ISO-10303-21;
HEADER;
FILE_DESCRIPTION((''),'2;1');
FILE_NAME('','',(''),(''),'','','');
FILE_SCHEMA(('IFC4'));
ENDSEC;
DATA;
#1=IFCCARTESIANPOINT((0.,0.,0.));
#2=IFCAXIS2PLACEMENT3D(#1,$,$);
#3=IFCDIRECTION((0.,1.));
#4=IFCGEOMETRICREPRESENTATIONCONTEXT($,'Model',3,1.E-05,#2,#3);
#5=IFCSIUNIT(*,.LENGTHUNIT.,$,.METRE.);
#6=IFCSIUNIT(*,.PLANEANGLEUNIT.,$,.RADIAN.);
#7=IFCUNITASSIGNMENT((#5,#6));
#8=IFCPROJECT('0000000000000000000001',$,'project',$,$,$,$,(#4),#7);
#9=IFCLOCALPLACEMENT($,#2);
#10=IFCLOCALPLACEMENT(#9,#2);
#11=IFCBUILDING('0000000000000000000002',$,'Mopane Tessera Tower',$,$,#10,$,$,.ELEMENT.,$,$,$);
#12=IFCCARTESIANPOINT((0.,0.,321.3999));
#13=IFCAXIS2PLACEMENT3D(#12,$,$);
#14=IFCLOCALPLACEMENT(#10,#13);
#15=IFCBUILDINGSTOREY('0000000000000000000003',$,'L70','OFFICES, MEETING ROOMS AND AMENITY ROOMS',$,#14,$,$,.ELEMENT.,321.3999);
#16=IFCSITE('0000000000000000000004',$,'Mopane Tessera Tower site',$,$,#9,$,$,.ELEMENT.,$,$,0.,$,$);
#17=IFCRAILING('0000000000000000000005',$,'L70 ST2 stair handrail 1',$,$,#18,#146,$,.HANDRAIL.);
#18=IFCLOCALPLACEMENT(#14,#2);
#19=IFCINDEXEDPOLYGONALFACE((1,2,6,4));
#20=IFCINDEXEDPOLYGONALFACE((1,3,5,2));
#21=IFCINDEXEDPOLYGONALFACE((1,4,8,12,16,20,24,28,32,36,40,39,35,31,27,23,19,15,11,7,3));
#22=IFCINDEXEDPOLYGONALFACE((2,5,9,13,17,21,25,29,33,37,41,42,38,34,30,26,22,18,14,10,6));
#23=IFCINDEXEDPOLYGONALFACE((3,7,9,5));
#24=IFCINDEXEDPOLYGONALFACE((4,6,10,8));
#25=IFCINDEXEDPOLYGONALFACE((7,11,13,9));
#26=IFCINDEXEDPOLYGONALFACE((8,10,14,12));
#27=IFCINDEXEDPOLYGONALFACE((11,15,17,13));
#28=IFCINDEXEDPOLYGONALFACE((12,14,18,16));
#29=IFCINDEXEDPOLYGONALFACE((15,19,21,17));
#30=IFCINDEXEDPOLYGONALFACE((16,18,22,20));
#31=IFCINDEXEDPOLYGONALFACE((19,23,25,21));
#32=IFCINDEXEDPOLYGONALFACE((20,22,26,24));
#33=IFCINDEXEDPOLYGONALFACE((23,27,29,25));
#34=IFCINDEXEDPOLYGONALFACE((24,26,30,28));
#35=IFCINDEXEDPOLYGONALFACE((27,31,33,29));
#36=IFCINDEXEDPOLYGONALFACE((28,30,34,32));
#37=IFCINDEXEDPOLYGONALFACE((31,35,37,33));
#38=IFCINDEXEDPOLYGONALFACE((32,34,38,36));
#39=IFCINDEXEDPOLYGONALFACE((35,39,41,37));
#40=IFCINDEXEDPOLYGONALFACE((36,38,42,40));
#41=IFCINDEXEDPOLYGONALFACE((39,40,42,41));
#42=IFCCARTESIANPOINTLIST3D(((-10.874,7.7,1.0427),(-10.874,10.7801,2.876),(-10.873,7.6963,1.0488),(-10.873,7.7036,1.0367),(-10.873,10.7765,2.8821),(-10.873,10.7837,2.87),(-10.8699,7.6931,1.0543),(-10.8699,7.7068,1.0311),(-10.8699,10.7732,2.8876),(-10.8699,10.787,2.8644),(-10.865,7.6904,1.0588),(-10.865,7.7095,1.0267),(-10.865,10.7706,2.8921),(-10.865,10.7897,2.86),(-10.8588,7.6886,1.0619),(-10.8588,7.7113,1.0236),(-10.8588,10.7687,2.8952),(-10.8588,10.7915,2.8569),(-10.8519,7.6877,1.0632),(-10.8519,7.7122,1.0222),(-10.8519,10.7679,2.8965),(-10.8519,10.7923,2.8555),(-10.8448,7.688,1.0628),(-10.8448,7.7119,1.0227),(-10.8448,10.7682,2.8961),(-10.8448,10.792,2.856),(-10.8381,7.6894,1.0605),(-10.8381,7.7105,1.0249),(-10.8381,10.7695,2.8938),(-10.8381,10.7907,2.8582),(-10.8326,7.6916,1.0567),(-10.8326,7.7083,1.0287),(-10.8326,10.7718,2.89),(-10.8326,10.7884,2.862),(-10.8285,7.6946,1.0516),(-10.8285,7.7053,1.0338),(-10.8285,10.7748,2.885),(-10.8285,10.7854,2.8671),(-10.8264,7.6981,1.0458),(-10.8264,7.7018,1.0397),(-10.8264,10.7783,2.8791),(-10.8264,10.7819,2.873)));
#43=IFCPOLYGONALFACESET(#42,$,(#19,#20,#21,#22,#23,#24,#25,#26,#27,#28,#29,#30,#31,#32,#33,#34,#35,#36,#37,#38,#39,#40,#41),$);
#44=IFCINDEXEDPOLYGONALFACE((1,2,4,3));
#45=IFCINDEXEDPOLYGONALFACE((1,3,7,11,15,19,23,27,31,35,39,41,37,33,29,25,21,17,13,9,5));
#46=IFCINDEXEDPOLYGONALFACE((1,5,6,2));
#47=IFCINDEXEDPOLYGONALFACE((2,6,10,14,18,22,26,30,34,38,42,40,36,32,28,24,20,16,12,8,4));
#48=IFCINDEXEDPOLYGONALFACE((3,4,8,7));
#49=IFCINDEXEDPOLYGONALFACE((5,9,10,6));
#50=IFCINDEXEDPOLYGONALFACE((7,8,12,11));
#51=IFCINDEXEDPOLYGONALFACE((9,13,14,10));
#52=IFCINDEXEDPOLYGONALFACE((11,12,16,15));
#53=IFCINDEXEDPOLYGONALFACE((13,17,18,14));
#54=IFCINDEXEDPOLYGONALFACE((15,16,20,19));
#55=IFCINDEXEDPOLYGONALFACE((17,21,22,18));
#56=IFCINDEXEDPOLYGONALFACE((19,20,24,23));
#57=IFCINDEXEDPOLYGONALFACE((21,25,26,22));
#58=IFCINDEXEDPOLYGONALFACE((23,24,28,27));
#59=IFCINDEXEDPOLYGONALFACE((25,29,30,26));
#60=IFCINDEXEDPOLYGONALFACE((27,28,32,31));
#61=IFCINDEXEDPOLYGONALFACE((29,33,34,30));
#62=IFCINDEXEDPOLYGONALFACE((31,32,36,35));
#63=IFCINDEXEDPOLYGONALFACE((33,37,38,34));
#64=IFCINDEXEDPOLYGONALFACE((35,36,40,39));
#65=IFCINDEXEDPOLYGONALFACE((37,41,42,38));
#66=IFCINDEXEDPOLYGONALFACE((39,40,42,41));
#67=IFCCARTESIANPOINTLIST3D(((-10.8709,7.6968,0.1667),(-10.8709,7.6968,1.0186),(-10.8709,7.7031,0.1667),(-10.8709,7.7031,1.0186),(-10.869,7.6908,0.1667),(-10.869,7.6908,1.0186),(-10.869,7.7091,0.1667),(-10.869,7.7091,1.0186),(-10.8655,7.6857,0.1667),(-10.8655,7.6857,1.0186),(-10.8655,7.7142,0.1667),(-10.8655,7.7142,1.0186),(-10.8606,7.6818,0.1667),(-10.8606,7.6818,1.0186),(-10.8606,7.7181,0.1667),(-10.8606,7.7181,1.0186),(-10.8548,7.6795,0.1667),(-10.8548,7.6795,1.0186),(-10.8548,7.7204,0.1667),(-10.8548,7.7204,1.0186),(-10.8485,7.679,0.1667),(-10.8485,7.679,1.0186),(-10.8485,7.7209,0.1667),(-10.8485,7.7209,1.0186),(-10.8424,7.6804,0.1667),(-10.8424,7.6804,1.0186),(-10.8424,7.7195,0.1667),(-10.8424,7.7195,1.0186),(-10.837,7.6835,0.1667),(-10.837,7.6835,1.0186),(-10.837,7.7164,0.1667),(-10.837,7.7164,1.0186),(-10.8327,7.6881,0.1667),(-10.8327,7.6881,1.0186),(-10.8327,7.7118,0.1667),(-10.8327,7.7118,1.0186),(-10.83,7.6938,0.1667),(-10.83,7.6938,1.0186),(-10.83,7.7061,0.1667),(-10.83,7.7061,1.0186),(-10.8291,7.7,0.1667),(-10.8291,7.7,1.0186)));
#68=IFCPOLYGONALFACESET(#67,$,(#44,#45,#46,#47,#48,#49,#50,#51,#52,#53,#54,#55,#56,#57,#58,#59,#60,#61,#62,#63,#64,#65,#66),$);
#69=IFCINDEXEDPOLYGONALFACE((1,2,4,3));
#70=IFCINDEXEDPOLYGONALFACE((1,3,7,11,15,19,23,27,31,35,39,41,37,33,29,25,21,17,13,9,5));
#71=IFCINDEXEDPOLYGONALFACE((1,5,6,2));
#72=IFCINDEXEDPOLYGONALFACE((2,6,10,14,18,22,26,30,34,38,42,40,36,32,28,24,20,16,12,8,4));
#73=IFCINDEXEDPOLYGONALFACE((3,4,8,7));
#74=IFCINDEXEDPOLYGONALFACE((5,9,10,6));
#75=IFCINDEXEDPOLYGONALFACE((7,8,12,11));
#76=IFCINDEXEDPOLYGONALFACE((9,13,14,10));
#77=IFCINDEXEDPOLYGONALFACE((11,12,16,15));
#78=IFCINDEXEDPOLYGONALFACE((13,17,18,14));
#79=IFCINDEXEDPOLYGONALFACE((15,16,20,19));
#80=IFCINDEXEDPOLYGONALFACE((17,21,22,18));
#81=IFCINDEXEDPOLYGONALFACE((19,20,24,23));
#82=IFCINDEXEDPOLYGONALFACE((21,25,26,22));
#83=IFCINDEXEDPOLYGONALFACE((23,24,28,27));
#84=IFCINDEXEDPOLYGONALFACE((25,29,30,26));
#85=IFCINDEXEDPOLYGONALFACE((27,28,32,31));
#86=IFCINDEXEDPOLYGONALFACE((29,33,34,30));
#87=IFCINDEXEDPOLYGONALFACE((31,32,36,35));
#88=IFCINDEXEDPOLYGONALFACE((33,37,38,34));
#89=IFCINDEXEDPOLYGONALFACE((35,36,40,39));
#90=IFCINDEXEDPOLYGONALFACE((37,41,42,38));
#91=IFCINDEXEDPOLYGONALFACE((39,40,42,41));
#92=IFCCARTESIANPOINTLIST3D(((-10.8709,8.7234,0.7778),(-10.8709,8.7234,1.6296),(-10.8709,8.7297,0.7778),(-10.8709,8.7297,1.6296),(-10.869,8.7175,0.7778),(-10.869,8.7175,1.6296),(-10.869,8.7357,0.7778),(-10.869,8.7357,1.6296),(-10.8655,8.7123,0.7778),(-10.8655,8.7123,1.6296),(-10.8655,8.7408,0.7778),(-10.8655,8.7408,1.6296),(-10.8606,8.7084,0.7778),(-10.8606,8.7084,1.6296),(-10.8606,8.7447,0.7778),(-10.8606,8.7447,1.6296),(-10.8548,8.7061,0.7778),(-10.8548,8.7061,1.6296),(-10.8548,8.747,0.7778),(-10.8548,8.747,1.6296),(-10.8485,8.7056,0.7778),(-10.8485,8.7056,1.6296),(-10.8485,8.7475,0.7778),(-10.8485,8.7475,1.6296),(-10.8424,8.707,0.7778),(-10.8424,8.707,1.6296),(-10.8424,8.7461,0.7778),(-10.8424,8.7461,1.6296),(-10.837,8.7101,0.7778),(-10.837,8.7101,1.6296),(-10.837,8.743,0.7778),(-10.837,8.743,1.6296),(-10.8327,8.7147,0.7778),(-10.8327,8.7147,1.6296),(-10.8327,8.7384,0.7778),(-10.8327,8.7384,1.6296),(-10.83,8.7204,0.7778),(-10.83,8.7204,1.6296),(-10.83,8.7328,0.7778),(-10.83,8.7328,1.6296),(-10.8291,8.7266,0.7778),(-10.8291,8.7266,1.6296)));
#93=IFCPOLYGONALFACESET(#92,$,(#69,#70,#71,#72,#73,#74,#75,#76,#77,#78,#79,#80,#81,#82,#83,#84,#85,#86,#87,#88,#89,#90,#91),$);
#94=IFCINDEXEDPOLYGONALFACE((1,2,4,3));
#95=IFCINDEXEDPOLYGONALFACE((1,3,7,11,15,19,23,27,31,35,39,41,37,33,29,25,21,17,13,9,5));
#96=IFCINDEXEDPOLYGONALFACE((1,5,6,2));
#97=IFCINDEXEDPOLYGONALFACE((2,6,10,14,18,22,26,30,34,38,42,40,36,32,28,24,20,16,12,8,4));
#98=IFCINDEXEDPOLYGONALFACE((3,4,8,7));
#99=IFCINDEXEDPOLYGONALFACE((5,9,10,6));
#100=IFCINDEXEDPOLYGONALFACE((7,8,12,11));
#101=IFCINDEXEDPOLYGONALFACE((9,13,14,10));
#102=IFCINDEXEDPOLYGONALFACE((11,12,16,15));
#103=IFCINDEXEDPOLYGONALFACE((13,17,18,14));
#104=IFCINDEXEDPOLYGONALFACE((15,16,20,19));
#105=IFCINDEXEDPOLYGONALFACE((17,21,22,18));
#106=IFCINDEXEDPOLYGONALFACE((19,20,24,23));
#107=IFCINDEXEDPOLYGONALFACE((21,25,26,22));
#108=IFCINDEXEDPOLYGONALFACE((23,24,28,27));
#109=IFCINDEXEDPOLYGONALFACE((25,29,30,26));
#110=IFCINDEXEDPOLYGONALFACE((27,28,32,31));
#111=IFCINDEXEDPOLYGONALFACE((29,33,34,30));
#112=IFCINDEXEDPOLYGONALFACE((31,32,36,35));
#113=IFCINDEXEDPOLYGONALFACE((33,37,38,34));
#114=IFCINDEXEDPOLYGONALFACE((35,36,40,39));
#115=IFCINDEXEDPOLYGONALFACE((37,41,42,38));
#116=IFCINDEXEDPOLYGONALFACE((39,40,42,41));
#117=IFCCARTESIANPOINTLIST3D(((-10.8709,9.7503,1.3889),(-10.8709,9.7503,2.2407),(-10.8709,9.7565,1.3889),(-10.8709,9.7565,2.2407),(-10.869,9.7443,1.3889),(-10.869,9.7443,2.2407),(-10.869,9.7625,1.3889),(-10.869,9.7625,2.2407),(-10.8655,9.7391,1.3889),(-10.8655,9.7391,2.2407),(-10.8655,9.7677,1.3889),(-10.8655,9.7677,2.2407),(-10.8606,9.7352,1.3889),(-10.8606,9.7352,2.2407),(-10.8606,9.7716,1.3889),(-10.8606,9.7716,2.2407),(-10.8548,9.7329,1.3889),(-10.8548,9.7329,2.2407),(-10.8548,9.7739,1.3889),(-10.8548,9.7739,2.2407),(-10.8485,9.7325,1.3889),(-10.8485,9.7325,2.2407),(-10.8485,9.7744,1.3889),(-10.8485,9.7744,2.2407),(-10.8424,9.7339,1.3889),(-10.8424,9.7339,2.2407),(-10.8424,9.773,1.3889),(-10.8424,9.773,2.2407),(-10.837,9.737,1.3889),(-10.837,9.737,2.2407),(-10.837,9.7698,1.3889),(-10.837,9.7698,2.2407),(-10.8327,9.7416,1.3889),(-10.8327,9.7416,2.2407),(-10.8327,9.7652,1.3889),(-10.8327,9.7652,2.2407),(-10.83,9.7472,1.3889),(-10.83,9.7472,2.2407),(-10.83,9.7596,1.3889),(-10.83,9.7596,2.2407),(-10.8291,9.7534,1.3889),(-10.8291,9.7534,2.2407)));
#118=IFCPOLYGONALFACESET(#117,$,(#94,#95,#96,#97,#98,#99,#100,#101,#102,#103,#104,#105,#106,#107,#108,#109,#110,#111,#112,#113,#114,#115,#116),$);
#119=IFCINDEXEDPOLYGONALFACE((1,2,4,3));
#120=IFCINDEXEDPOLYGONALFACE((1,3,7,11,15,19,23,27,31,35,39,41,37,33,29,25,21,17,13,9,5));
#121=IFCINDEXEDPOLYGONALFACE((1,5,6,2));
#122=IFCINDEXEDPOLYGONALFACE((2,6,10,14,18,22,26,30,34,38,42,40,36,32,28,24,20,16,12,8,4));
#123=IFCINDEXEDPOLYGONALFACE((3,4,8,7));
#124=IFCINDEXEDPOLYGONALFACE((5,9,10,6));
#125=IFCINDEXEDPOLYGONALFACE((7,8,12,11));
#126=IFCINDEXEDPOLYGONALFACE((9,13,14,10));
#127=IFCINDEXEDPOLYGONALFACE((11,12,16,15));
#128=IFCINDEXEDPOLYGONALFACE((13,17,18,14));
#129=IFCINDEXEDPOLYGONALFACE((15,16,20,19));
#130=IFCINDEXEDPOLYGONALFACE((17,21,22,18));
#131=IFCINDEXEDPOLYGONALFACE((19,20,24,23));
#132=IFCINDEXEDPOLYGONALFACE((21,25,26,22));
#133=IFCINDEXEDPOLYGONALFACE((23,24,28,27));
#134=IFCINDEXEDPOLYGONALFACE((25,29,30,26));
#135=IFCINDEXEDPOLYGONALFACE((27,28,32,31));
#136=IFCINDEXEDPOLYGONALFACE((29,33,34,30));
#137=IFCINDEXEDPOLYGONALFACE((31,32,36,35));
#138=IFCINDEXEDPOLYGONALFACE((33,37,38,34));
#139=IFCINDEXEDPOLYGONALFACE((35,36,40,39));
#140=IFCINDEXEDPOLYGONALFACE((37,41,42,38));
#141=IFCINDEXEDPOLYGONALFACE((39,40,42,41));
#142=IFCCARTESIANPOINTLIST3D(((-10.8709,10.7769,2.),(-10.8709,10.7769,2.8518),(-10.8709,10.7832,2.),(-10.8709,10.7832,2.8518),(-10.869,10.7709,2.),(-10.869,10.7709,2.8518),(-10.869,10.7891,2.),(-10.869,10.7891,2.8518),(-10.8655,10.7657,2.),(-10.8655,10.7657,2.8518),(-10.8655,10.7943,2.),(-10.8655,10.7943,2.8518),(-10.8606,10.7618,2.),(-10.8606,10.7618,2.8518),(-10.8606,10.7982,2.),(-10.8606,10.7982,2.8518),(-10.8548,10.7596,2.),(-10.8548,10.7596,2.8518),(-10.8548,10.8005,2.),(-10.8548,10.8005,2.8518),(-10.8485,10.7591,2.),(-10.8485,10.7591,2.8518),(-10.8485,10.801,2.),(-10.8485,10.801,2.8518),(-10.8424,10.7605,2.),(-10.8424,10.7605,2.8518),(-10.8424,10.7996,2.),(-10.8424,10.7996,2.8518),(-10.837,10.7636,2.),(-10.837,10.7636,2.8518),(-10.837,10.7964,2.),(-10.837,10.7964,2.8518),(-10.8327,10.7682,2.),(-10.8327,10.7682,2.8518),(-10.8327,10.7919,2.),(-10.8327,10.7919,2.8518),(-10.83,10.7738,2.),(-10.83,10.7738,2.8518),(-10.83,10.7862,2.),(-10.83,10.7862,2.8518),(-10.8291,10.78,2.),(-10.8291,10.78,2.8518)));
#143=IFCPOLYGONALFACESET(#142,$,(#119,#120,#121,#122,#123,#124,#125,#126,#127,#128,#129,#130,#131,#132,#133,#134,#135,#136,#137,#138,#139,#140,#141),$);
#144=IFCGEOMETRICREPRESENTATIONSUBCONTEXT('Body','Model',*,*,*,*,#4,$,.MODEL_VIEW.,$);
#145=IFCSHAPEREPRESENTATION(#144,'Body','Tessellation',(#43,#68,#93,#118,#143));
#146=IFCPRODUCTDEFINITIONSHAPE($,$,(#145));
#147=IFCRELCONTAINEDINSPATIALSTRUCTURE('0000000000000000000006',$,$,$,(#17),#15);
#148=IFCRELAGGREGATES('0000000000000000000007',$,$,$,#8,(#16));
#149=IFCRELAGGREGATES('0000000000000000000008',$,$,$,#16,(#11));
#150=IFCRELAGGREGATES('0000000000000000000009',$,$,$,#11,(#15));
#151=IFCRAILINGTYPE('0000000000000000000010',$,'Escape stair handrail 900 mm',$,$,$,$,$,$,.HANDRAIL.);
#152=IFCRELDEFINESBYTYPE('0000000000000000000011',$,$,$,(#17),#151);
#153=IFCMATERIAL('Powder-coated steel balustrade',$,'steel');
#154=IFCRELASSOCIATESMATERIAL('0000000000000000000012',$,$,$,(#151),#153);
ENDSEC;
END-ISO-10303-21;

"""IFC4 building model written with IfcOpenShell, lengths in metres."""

from ifc_helpers import new_model, si_unit, direction, frame, origin, origin_2d, place, context, subcontext, project, spatial, circle, extrude, material, type_object, element, save


model = new_model("IFC4")

# Units and contexts
model_context = context("Model", 3, precision=1e-05, world=origin(), true_north=direction((0.0, 1.0)))
body_context = subcontext(model_context, "Body", "Model", "MODEL_VIEW")
ifc_project = project(units=[si_unit("LENGTHUNIT", "METRE"), si_unit("PLANEANGLEUNIT", "RADIAN")], contexts=[model_context])

# Site, building, storey
site_placement = place(None, origin())
site = spatial("IfcSite", under=ifc_project, at=site_placement, Name="Mopane Tessera Tower site", CompositionType="ELEMENT", RefElevation=0.0)
building_placement = place(site_placement, origin())
building = spatial("IfcBuilding", under=site, at=building_placement, Name="Mopane Tessera Tower", CompositionType="ELEMENT")
storey_placement = place(building_placement, frame((0.0, 0.0, 321.3999)))
storey = spatial("IfcBuildingStorey", under=building, at=storey_placement, Name="L70", Description="OFFICES, MEETING ROOMS AND AMENITY ROOMS", CompositionType="ELEMENT", Elevation=321.3999)

# Railing
ifc_material_1 = material(Name="Powder-coated steel balustrade", Category="steel")
railing_type_1 = type_object("IfcRailingType", Name="Escape stair handrail 900 mm", PredefinedType="HANDRAIL", material=ifc_material_1)
railing_1_placement = place(storey_placement, frame((-10.8501, 7.7, 0.1667)))
element("IfcRailing", 1, at=railing_1_placement, inside=storey, type_object=railing_type_1, Name="L70 ST2 stair handrail 1", PredefinedType="HANDRAIL", context=body_context, shape_type="SweptSolid", body=[
    extrude(circle(Radius=0.0239, at=origin_2d()), frame((0.0, 0.0, 0.876), z_axis=(0.0, 0.859309, 0.511458), x_axis=(-1.0, 0.0, 0.0)), (0.0, 0.0, 1.0), 3.5845),
    extrude(circle(Radius=0.021, at=origin_2d()), origin(), (0.0, 0.0, 1.0), 0.8518),
    extrude(circle(Radius=0.021, at=origin_2d()), frame((0.0, 1.0266, 0.6111)), (0.0, 0.0, 1.0), 0.8518),
    extrude(circle(Radius=0.021, at=origin_2d()), frame((0.0, 2.0535, 1.2222)), (0.0, 0.0, 1.0), 0.8518),
    extrude(circle(Radius=0.021, at=origin_2d()), frame((0.0, 3.0801, 1.8333)), (0.0, 0.0, 1.0), 0.8518),
])

save(model, "model.ifc")
